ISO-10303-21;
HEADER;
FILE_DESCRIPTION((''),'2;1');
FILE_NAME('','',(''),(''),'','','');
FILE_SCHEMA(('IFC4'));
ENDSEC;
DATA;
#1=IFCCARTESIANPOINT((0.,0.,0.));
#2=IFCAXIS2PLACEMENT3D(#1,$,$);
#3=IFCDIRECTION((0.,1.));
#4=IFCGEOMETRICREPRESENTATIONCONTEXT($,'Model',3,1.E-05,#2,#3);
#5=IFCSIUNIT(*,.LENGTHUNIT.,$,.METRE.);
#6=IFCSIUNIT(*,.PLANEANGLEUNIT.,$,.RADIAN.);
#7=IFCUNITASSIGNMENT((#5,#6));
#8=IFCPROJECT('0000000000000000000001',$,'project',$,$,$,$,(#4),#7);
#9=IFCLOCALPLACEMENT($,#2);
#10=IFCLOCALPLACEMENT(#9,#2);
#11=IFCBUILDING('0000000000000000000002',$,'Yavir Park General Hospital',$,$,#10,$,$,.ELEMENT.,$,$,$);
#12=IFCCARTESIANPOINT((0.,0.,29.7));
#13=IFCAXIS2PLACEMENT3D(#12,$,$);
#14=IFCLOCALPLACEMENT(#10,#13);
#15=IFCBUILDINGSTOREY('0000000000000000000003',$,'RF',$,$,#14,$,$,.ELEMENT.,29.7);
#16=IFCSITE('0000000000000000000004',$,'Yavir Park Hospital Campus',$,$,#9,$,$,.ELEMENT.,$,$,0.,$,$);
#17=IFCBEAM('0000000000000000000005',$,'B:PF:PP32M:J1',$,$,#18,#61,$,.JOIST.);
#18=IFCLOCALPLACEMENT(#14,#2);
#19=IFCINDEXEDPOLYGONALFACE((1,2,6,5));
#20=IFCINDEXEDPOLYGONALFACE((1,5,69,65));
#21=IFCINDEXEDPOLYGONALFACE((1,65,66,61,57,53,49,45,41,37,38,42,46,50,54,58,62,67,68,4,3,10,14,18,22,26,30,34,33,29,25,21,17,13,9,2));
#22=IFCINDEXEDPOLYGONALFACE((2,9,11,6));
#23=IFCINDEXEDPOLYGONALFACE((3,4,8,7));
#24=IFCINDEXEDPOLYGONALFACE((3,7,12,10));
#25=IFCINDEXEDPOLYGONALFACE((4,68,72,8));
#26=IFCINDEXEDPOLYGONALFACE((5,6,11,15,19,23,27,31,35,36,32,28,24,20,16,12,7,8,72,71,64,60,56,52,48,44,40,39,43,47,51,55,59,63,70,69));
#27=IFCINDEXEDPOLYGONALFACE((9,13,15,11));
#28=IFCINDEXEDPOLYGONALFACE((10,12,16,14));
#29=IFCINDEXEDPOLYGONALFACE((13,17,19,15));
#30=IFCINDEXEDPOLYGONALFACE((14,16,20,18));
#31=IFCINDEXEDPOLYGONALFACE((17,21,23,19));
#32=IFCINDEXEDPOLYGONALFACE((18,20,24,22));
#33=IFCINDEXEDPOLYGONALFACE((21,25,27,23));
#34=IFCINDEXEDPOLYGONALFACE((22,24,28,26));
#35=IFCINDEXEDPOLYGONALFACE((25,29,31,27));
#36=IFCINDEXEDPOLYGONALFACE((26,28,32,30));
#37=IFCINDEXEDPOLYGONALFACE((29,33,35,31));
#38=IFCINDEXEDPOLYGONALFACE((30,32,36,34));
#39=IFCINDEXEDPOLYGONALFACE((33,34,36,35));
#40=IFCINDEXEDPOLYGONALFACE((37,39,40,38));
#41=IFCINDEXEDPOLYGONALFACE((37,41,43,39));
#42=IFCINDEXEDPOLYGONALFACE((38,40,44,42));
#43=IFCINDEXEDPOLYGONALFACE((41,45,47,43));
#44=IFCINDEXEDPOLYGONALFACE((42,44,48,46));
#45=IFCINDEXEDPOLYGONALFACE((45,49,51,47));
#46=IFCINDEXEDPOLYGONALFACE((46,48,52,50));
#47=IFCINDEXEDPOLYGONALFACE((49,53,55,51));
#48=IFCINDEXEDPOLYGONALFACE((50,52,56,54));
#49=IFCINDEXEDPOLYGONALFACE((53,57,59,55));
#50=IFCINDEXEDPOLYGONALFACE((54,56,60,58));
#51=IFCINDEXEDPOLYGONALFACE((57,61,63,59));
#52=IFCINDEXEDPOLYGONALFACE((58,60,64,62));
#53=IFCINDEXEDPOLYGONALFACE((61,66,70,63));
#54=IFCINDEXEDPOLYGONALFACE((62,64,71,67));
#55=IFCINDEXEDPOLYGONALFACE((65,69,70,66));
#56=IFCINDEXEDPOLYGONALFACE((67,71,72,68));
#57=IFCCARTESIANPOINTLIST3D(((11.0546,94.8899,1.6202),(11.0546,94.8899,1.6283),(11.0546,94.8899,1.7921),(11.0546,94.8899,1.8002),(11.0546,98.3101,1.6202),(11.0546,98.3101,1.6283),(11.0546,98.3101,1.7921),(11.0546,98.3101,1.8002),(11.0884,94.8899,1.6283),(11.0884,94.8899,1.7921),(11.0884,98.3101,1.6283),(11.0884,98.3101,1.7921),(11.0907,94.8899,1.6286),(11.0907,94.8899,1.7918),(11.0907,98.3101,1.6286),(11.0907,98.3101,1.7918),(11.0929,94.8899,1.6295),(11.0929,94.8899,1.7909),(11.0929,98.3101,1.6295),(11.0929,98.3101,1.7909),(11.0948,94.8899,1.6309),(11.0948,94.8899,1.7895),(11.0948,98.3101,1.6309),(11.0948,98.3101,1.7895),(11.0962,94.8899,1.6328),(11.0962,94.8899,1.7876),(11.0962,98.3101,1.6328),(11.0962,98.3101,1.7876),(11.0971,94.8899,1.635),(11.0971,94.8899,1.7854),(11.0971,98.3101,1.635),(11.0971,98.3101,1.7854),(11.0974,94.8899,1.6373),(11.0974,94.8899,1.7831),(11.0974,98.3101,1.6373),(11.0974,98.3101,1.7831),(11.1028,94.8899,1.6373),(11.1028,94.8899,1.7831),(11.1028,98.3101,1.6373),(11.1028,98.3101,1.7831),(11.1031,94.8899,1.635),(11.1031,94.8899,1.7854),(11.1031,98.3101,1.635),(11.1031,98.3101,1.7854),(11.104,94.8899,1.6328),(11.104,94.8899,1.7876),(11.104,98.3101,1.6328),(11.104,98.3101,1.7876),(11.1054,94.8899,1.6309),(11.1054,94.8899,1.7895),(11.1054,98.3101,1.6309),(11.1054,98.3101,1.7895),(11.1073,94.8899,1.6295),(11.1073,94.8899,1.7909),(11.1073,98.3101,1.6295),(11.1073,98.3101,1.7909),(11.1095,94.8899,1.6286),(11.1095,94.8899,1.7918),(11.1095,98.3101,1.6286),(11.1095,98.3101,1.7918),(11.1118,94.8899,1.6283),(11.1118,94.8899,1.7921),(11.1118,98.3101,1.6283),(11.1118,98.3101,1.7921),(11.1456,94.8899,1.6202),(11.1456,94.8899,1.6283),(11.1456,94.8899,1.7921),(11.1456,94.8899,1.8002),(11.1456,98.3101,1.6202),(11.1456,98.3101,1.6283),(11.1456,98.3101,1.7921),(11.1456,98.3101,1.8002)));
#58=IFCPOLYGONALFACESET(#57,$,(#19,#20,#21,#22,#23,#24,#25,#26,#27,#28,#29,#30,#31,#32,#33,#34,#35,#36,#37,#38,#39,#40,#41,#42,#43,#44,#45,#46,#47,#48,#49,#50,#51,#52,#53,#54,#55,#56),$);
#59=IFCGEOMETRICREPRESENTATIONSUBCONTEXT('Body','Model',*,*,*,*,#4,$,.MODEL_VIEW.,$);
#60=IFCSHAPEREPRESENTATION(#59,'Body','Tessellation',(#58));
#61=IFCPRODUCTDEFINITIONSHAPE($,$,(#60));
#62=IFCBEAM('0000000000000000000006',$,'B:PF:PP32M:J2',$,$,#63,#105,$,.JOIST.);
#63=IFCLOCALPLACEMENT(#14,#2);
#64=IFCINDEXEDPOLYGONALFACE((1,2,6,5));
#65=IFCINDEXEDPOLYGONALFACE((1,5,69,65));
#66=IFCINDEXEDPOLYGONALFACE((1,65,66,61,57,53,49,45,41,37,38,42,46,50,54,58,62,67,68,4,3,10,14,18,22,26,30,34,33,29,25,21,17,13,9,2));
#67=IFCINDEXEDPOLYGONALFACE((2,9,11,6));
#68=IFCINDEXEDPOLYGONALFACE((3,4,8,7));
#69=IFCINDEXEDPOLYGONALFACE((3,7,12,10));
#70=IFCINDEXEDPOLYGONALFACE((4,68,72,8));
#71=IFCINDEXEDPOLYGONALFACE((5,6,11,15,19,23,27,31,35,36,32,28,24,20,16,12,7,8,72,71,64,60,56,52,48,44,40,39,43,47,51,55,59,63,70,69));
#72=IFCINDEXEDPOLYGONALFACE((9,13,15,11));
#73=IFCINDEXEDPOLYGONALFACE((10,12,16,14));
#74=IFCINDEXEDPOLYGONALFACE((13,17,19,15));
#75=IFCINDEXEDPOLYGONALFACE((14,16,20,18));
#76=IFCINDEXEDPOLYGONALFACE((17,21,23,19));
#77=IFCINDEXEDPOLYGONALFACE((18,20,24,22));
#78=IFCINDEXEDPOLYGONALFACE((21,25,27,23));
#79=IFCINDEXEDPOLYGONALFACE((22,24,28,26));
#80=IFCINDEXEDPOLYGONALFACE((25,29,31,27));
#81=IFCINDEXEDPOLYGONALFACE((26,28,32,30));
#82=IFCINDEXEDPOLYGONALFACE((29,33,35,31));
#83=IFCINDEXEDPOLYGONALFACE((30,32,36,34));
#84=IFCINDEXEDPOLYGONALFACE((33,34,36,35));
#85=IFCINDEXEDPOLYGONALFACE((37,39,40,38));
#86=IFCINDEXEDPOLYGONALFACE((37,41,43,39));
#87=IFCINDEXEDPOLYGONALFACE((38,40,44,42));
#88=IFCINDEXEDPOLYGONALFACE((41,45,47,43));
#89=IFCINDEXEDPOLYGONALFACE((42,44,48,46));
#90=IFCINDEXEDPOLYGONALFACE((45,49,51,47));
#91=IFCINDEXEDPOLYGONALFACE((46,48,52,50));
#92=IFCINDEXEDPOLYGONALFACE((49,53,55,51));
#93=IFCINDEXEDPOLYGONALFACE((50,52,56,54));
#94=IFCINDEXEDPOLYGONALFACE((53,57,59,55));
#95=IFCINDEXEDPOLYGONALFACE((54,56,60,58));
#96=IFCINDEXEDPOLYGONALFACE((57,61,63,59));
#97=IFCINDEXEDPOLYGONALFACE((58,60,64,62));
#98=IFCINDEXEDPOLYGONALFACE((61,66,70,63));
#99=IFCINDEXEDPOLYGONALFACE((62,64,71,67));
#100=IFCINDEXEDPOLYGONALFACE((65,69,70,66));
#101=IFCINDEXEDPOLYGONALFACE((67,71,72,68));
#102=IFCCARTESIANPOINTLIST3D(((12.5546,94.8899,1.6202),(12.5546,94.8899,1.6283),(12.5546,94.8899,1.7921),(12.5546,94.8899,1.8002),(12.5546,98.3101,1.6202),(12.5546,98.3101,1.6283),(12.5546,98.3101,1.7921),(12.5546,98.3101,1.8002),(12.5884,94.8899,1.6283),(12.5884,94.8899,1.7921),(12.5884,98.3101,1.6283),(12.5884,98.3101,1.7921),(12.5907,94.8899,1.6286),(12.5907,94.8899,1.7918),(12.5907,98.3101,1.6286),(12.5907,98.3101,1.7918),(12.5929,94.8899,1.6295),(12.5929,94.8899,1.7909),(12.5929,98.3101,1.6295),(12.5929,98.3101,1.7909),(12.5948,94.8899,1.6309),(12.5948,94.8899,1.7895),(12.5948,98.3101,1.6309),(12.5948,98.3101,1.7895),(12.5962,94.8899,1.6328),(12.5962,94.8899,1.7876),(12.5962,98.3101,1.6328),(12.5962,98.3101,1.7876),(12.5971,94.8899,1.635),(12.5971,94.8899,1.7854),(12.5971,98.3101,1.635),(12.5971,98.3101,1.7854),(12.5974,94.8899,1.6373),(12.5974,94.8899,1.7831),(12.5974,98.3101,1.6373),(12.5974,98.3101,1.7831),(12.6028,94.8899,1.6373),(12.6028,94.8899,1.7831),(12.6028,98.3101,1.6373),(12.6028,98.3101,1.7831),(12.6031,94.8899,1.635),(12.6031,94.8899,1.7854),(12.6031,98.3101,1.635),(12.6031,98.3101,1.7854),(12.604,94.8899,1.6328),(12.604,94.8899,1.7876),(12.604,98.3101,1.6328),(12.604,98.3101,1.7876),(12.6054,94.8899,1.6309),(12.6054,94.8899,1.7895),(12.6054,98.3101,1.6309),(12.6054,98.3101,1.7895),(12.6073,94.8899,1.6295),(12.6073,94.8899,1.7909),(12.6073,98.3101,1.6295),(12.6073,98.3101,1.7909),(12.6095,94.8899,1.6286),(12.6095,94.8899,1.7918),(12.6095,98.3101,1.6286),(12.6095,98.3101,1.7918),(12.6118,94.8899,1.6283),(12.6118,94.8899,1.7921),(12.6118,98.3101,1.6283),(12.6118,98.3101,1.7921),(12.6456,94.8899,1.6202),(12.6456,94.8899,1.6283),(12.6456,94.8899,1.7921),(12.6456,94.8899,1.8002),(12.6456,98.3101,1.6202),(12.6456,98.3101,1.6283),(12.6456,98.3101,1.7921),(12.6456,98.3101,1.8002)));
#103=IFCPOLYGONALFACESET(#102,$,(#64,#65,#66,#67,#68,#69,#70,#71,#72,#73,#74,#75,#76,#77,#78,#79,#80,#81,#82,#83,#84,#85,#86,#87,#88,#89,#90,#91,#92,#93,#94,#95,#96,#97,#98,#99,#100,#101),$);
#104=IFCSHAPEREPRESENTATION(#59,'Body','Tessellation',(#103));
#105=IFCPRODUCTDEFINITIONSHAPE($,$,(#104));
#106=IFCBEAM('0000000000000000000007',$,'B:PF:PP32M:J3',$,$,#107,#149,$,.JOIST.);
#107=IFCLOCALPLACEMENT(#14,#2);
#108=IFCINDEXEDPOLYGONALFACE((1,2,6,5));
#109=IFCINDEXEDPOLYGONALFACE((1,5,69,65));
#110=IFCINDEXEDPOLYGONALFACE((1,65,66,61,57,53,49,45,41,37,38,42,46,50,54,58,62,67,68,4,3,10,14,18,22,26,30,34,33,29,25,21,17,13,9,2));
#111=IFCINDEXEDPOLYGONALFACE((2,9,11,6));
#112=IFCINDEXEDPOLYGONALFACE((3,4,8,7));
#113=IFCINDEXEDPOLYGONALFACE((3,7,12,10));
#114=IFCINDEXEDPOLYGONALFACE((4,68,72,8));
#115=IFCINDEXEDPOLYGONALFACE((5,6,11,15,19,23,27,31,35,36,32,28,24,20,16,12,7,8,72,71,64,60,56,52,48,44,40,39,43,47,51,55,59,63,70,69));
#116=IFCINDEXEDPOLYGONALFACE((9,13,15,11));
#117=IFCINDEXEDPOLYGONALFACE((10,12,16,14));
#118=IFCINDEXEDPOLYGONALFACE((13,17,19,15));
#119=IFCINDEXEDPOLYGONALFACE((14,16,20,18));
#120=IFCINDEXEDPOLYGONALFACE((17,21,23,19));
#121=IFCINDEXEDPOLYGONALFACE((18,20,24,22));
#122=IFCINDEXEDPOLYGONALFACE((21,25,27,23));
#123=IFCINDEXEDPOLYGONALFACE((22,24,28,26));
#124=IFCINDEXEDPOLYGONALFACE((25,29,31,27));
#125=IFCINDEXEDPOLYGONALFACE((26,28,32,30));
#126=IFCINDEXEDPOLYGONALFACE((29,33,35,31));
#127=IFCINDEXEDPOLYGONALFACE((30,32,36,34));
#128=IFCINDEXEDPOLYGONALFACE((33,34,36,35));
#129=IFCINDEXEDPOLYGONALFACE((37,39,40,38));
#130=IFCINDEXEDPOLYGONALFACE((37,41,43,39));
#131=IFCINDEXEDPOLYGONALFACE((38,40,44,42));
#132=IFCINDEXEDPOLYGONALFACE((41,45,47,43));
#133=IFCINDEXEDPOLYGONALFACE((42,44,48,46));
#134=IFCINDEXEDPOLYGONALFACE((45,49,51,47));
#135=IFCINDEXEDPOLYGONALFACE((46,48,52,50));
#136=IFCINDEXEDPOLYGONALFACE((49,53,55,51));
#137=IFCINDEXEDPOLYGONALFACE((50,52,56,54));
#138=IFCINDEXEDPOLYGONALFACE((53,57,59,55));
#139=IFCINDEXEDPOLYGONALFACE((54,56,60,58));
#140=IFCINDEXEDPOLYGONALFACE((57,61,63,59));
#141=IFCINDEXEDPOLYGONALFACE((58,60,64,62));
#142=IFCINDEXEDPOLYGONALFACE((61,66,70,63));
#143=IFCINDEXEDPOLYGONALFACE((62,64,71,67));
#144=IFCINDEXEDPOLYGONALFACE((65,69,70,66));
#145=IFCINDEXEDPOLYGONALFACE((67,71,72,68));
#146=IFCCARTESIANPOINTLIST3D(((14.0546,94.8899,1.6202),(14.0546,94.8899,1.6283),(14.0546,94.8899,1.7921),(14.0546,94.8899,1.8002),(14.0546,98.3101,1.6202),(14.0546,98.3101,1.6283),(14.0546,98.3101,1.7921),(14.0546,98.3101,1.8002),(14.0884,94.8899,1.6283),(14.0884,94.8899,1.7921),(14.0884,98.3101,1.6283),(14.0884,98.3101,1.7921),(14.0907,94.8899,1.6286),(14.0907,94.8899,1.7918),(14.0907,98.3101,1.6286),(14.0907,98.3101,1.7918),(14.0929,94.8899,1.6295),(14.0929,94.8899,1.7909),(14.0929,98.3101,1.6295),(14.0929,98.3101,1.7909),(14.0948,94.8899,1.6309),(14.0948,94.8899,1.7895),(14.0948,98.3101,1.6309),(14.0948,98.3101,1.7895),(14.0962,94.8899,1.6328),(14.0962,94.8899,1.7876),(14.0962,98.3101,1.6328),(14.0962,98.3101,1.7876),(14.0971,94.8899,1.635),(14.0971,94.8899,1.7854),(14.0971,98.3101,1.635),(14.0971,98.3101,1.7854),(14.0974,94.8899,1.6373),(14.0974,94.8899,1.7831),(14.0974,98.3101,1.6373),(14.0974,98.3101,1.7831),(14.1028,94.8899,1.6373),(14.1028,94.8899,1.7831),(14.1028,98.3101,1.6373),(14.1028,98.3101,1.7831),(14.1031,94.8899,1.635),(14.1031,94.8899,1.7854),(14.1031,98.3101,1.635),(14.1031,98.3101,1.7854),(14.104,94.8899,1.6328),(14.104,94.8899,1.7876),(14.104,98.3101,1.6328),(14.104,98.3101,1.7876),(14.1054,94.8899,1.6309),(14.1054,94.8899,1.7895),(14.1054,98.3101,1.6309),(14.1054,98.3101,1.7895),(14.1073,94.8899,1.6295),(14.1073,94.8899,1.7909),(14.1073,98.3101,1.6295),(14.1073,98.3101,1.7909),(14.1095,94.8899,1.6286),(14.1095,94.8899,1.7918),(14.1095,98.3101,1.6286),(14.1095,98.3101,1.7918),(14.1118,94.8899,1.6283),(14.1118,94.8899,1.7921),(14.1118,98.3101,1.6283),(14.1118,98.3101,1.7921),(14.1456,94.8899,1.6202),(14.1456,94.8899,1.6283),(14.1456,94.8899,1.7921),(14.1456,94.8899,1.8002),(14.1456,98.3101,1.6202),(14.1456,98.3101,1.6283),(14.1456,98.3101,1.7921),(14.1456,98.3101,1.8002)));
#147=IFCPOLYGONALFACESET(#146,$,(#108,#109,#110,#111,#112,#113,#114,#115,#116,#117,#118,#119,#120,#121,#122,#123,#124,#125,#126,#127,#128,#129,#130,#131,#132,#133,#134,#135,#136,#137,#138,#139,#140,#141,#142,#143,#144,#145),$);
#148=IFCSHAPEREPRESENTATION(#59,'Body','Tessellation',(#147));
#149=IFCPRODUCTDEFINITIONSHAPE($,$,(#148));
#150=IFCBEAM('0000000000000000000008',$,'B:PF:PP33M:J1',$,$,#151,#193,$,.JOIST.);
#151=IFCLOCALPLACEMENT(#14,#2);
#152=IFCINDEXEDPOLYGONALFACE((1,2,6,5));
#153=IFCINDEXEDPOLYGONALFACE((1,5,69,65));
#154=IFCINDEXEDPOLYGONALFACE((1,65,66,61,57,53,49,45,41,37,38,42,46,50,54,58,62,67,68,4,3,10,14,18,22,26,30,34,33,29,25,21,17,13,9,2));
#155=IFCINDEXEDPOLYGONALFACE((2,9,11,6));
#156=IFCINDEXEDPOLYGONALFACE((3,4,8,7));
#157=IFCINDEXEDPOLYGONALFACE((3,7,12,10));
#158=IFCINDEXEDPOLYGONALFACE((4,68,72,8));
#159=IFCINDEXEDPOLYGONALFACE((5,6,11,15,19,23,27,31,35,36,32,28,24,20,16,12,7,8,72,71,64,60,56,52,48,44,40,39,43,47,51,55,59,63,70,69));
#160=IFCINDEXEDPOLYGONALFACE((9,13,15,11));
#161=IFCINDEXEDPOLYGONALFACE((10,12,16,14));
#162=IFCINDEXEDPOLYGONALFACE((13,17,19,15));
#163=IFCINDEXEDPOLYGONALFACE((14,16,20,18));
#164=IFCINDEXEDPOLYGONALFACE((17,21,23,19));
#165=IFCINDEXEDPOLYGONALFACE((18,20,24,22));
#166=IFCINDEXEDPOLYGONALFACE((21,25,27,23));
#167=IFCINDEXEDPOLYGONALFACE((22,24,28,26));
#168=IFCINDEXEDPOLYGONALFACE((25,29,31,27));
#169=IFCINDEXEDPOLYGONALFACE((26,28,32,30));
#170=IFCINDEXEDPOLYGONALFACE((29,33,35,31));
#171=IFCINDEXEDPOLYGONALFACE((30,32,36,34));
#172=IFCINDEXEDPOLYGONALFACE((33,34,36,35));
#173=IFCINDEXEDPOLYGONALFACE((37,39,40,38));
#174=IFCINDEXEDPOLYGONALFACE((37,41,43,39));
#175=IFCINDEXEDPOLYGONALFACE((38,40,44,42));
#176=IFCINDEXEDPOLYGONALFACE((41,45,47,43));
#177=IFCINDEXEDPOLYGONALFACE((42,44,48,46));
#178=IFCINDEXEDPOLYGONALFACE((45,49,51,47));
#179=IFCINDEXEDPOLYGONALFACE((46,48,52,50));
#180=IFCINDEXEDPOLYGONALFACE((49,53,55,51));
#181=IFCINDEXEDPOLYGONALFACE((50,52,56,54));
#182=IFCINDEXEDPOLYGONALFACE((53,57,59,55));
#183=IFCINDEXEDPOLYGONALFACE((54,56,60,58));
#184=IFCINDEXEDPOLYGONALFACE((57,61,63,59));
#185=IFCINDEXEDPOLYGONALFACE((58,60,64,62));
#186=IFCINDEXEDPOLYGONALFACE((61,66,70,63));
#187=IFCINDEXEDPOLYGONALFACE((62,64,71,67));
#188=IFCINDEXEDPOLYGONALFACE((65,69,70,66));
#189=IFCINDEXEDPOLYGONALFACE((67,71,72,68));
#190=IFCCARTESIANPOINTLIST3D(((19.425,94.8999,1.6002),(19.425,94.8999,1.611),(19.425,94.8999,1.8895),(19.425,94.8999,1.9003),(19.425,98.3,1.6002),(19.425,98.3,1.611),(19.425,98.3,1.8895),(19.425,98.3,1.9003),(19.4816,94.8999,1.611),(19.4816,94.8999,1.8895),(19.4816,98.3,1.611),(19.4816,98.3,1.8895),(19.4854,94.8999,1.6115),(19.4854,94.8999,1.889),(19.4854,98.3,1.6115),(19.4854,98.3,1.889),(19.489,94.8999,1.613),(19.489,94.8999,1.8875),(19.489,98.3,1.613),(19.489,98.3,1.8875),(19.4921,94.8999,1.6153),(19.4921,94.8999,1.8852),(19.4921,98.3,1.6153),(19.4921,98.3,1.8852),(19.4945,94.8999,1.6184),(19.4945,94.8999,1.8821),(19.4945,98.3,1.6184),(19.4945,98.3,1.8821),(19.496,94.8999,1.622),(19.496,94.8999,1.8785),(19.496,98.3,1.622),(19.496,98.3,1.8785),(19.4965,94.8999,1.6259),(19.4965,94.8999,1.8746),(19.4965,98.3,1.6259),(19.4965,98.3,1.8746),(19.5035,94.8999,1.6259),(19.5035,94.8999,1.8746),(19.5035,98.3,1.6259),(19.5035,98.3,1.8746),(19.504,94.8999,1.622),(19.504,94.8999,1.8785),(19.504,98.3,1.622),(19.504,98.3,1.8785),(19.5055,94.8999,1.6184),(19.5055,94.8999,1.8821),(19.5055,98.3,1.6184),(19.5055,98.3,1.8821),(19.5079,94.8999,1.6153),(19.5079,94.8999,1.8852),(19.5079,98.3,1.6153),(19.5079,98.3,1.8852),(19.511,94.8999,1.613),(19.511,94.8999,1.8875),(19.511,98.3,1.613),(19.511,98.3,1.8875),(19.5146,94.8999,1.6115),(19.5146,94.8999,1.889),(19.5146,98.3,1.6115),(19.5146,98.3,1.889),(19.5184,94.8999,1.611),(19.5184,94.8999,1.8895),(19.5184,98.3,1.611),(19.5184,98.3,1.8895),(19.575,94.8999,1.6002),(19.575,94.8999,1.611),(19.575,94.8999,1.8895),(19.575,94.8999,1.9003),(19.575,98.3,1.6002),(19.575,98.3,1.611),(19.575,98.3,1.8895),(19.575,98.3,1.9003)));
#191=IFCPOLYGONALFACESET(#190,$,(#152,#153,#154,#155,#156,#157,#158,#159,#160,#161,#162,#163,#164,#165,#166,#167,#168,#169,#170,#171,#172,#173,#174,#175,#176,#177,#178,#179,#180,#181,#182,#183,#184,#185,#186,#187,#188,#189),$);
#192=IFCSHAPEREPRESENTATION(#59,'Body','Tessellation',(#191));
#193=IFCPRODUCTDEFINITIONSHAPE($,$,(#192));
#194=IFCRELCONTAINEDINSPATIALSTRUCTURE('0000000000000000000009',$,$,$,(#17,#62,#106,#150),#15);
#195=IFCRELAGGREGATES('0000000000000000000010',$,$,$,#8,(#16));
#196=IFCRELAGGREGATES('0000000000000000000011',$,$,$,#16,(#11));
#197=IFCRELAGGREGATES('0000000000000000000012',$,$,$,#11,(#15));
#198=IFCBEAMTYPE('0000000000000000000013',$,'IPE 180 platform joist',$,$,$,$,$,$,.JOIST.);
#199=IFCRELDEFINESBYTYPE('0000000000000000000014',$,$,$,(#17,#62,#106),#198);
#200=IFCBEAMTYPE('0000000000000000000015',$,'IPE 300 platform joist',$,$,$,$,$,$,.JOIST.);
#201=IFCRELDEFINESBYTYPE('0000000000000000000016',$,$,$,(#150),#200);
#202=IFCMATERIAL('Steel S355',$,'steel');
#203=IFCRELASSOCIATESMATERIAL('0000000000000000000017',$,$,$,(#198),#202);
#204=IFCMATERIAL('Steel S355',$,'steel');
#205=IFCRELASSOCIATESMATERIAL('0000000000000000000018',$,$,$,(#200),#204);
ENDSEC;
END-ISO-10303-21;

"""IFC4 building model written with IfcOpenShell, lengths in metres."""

from ifc_helpers import new_model, si_unit, direction, frame, origin, origin_2d, place, context, subcontext, project, spatial, i_section, extrude, material, material_profile, profile_set, type_object, element, save


model = new_model("IFC4")

# Units and contexts
model_context = context("Model", 3, precision=1e-05, world=origin(), true_north=direction((0.0, 1.0)))
body_context = subcontext(model_context, "Body", "Model", "MODEL_VIEW")
ifc_project = project(units=[si_unit("LENGTHUNIT", "METRE"), si_unit("PLANEANGLEUNIT", "RADIAN")], contexts=[model_context])

# Site, building, storey
site_placement = place(None, origin())
site = spatial("IfcSite", under=ifc_project, at=site_placement, Name="Yavir Park Hospital Campus", CompositionType="ELEMENT", RefElevation=0.0)
building_placement = place(site_placement, origin())
building = spatial("IfcBuilding", under=site, at=building_placement, Name="Yavir Park General Hospital", CompositionType="ELEMENT")
storey_placement = place(building_placement, frame((0.0, 0.0, 29.7)))
storey = spatial("IfcBuildingStorey", under=building, at=storey_placement, Name="RF", CompositionType="ELEMENT", Elevation=29.7)

# Beams
ifc_material_1 = material(Name="Steel S355", Category="steel")
ifc_material_profile_1 = material_profile(ifc_material_1, i_section(OverallWidth=0.0911, OverallDepth=0.1799, WebThickness=0.0054, FlangeThickness=0.0081, FilletRadius=0.009, at=origin_2d()), Name="IPE180")
ifc_profile_set_1 = profile_set([ifc_material_profile_1], Name="Steel S355")
beam_type_1 = type_object("IfcBeamType", Name="IPE 180 platform joist", PredefinedType="JOIST", material=ifc_profile_set_1)
for number, where, z_axis, x_axis, name in (
    (1, (11.1001, 94.8899, 1.7102), (0.0, 1.0, 0.0), (-1.0, 0.0, 0.0), "B:PF:PP32M:J1"),
    (2, (12.6001, 94.8899, 1.7102), (0.0, 1.0, 0.0), (-1.0, 0.0, 0.0), "B:PF:PP32M:J2"),
    (3, (14.1001, 94.8899, 1.7102), (0.0, 1.0, 0.0), (-1.0, 0.0, 0.0), "B:PF:PP32M:J3"),
):
    element("IfcBeam", number, at=place(storey_placement, frame(where, z_axis=z_axis, x_axis=x_axis)), inside=storey, type_object=beam_type_1, Name=name, PredefinedType="JOIST", context=body_context, shape_type="SweptSolid", body=[
        extrude(i_section(OverallWidth=0.0911, OverallDepth=0.1799, WebThickness=0.0054, FlangeThickness=0.0081, FilletRadius=0.009, at=origin_2d()), origin(), (0.0, 0.0, 1.0), 3.4202),
    ])
ifc_material_2 = material(Name="Steel S355", Category="steel")
ifc_material_profile_2 = material_profile(ifc_material_2, i_section(OverallWidth=0.1499, OverallDepth=0.3, WebThickness=0.0071, FlangeThickness=0.0107, FilletRadius=0.0149, at=origin_2d()), Name="IPE300")
ifc_profile_set_2 = profile_set([ifc_material_profile_2], Name="Steel S355")
beam_type_2 = type_object("IfcBeamType", Name="IPE 300 platform joist", PredefinedType="JOIST", material=ifc_profile_set_2)
for number, where, z_axis, x_axis, name in (
    (4, (19.5, 94.8999, 1.7502), (0.0, 1.0, 0.0), (-1.0, 0.0, 0.0), "B:PF:PP33M:J1"),
):
    element("IfcBeam", number, at=place(storey_placement, frame(where, z_axis=z_axis, x_axis=x_axis)), inside=storey, type_object=beam_type_2, Name=name, PredefinedType="JOIST", context=body_context, shape_type="SweptSolid", body=[
        extrude(i_section(OverallWidth=0.1499, OverallDepth=0.3, WebThickness=0.0071, FlangeThickness=0.0107, FilletRadius=0.0149, at=origin_2d()), origin(), (0.0, 0.0, 1.0), 3.4001),
    ])

save(model, "model.ifc")
